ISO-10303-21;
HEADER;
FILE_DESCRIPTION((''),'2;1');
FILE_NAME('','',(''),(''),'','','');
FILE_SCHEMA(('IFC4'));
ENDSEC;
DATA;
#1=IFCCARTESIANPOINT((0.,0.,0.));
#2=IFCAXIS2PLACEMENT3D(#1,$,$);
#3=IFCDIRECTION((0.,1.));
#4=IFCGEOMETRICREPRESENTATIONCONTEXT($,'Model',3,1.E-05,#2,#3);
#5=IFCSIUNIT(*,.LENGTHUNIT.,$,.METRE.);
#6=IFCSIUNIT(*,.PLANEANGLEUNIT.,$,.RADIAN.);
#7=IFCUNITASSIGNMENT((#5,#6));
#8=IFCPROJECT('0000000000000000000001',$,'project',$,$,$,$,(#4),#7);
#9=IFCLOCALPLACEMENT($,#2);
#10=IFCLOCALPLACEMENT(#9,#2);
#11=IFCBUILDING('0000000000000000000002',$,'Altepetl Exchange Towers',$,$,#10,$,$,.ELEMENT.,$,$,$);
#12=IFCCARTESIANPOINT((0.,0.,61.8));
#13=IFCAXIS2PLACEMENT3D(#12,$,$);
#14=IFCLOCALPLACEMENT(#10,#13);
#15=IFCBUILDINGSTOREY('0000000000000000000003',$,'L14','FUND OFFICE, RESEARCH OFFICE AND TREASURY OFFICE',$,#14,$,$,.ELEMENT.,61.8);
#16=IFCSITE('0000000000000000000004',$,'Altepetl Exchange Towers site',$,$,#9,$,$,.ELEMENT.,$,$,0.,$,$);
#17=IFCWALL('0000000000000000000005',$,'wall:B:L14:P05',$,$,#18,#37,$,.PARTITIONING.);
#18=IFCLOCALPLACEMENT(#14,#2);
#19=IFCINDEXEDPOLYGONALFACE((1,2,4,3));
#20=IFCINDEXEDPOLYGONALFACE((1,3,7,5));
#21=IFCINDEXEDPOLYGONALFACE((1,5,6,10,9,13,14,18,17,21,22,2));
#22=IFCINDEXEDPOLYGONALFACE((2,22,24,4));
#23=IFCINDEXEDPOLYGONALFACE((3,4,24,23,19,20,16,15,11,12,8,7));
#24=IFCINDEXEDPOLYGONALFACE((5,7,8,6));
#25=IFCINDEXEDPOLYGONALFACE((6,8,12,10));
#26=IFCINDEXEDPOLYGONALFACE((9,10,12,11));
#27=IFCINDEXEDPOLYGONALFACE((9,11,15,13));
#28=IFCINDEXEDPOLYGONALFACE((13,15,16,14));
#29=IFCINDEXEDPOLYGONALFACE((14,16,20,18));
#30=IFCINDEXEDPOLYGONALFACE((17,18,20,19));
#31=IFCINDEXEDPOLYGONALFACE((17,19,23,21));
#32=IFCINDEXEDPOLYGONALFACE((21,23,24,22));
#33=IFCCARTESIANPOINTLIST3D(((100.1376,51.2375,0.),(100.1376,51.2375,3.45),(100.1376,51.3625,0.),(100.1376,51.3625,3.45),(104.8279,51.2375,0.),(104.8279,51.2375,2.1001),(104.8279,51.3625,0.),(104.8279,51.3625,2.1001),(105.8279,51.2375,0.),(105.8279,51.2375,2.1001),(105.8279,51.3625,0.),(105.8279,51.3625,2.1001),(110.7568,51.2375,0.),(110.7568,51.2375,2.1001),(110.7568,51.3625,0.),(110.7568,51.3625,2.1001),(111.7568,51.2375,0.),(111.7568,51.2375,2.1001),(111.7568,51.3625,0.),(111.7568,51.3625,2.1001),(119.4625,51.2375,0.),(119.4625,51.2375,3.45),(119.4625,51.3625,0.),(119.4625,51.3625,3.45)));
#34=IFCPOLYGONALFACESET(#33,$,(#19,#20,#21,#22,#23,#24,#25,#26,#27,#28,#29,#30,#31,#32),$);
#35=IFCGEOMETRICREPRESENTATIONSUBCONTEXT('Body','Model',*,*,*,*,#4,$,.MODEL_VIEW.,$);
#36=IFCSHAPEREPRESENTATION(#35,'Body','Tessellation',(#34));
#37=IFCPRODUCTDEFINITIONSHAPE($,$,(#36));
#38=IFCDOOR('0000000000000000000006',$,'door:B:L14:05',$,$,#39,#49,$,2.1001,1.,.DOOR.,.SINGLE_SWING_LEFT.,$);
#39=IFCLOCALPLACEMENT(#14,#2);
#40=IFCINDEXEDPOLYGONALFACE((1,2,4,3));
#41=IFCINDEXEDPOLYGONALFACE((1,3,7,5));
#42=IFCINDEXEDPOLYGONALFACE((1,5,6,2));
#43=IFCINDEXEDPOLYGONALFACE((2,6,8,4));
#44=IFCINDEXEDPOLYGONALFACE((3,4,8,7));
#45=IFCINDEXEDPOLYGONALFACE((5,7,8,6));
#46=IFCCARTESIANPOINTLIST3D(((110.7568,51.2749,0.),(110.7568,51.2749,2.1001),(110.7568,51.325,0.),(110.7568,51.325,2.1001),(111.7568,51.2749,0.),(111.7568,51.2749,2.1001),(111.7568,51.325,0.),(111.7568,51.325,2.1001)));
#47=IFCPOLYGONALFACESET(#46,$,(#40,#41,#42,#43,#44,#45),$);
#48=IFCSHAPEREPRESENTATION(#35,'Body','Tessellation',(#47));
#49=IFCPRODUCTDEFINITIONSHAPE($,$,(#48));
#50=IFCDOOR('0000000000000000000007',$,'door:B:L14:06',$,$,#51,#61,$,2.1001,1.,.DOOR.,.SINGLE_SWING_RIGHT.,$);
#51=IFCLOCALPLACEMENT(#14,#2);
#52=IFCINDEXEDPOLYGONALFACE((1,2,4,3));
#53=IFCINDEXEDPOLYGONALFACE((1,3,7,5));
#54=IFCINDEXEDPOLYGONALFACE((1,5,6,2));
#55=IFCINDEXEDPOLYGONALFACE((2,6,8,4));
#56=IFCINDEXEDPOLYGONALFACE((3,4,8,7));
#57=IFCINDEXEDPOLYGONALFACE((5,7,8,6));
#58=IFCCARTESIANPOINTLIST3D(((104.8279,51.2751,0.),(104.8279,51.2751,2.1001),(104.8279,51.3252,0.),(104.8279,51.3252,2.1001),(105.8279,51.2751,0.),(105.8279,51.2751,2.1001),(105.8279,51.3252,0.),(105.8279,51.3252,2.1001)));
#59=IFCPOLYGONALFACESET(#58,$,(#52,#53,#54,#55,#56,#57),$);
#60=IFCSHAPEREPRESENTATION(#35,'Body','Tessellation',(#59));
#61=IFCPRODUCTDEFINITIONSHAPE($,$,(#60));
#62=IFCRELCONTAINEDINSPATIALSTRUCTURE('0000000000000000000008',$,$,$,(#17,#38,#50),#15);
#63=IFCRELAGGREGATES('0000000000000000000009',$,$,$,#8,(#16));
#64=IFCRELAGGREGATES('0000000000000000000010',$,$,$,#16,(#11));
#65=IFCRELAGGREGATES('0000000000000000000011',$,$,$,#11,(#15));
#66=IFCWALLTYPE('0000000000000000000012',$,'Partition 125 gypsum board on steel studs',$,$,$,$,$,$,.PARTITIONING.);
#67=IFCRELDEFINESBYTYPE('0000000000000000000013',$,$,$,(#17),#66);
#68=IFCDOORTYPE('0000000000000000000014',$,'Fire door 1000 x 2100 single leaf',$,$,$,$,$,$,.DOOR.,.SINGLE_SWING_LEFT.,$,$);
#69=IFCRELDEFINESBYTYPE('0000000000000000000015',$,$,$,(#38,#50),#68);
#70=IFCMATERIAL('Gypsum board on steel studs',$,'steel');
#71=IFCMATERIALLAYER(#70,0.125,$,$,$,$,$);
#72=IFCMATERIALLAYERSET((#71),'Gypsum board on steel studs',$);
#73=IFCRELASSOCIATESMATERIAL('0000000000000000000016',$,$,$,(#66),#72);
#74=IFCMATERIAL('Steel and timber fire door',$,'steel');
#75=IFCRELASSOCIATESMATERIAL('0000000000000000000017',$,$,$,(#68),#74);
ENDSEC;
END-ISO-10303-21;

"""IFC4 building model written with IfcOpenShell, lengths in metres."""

from ifc_helpers import new_model, si_unit, direction, frame, frame_2d, origin, place, context, subcontext, project, spatial, rectangle, extrude, material, layer, layer_set, type_object, element, fill, save


model = new_model("IFC4")

# Units and contexts
model_context = context("Model", 3, precision=1e-05, world=origin(), true_north=direction((0.0, 1.0)))
body_context = subcontext(model_context, "Body", "Model", "MODEL_VIEW")
ifc_project = project(units=[si_unit("LENGTHUNIT", "METRE"), si_unit("PLANEANGLEUNIT", "RADIAN")], contexts=[model_context])

# Site, building, storey
site_placement = place(None, origin())
site = spatial("IfcSite", under=ifc_project, at=site_placement, Name="Altepetl Exchange Towers site", CompositionType="ELEMENT", RefElevation=0.0)
building_placement = place(site_placement, origin())
building = spatial("IfcBuilding", under=site, at=building_placement, Name="Altepetl Exchange Towers", CompositionType="ELEMENT")
storey_placement = place(building_placement, frame((0.0, 0.0, 61.8)))
storey = spatial("IfcBuildingStorey", under=building, at=storey_placement, Name="L14", Description="FUND OFFICE, RESEARCH OFFICE AND TREASURY OFFICE", CompositionType="ELEMENT", Elevation=61.8)

# Wall, openings, doors
ifc_material_1 = material(Name="Gypsum board on steel studs", Category="steel")
ifc_layer_1 = layer(ifc_material_1, 0.125)
ifc_layer_set_1 = layer_set([ifc_layer_1], Name="Gypsum board on steel studs")
wall_type = type_object("IfcWallType", Name="Partition 125 gypsum board on steel studs", PredefinedType="PARTITIONING", material=ifc_layer_set_1)
wall_placement = place(storey_placement, frame((100.1375, 51.3, 0.0)))
wall = element("IfcWall", 1, at=wall_placement, inside=storey, type_object=wall_type, Name="wall:B:L14:P05", PredefinedType="PARTITIONING", context=body_context, shape_type="SweptSolid", body=[
    extrude(rectangle(XDim=19.325, YDim=0.125, at=frame_2d((9.6626, 0.0))), origin(), (0.0, 0.0, 1.0), 3.45),
])
opening_1_placement = place(wall_placement, frame((10.6194, 0.0, 0.0)))
opening_1 = element("IfcOpeningElement", 2, at=opening_1_placement, cuts=wall, PredefinedType="OPENING", context=body_context, shape_type="SweptSolid", body=[
    extrude(rectangle(XDim=1.0, YDim=2.1001, at=frame_2d((0.5, 1.05))), frame((0.0, 0.0725, 0.0), z_axis=(0.0, -1.0, 0.0), x_axis=(1.0, 0.0, 0.0)), (0.0, 0.0, 1.0), 0.145),
])
opening_2_placement = place(wall_placement, frame((4.6904, 0.0, 0.0)))
opening_2 = element("IfcOpeningElement", 3, at=opening_2_placement, cuts=wall, PredefinedType="OPENING", context=body_context, shape_type="SweptSolid", body=[
    extrude(rectangle(XDim=1.0, YDim=2.1001, at=frame_2d((0.5, 1.05))), frame((0.0, 0.0725, 0.0), z_axis=(0.0, -1.0, 0.0), x_axis=(1.0, 0.0, 0.0)), (0.0, 0.0, 1.0), 0.145),
])
ifc_material_2 = material(Name="Steel and timber fire door", Category="steel")
door_type = type_object("IfcDoorType", Name="Fire door 1000 x 2100 single leaf", OperationType="SINGLE_SWING_LEFT", PredefinedType="DOOR", material=ifc_material_2)
door_1_placement = place(opening_1_placement, origin())
door_1 = element("IfcDoor", 4, at=door_1_placement, inside=storey, type_object=door_type, Name="door:B:L14:05", OperationType="SINGLE_SWING_LEFT", OverallHeight=2.1001, OverallWidth=1.0, PredefinedType="DOOR", context=body_context, shape_type="SweptSolid", body=[
    extrude(rectangle(XDim=1.0, YDim=2.1001, at=frame_2d((0.5, 1.05))), frame((0.0, 0.0249, 0.0), z_axis=(0.0, -1.0, 0.0), x_axis=(1.0, 0.0, 0.0)), (0.0, 0.0, 1.0), 0.05),
])
fill(opening_1, door_1)
door_2_placement = place(opening_2_placement, frame((1.0, 0.0, 0.0), x_axis=(-1.0, 0.0, 0.0)))
door_2 = element("IfcDoor", 5, at=door_2_placement, inside=storey, type_object=door_type, Name="door:B:L14:06", OperationType="SINGLE_SWING_RIGHT", OverallHeight=2.1001, OverallWidth=1.0, PredefinedType="DOOR", context=body_context, shape_type="SweptSolid", body=[
    extrude(rectangle(XDim=1.0, YDim=2.1001, at=frame_2d((0.5, 1.05))), frame((0.0, 0.0249, 0.0), z_axis=(0.0, -1.0, 0.0), x_axis=(1.0, 0.0, 0.0)), (0.0, 0.0, 1.0), 0.05),
])
fill(opening_2, door_2)

save(model, "model.ifc")
